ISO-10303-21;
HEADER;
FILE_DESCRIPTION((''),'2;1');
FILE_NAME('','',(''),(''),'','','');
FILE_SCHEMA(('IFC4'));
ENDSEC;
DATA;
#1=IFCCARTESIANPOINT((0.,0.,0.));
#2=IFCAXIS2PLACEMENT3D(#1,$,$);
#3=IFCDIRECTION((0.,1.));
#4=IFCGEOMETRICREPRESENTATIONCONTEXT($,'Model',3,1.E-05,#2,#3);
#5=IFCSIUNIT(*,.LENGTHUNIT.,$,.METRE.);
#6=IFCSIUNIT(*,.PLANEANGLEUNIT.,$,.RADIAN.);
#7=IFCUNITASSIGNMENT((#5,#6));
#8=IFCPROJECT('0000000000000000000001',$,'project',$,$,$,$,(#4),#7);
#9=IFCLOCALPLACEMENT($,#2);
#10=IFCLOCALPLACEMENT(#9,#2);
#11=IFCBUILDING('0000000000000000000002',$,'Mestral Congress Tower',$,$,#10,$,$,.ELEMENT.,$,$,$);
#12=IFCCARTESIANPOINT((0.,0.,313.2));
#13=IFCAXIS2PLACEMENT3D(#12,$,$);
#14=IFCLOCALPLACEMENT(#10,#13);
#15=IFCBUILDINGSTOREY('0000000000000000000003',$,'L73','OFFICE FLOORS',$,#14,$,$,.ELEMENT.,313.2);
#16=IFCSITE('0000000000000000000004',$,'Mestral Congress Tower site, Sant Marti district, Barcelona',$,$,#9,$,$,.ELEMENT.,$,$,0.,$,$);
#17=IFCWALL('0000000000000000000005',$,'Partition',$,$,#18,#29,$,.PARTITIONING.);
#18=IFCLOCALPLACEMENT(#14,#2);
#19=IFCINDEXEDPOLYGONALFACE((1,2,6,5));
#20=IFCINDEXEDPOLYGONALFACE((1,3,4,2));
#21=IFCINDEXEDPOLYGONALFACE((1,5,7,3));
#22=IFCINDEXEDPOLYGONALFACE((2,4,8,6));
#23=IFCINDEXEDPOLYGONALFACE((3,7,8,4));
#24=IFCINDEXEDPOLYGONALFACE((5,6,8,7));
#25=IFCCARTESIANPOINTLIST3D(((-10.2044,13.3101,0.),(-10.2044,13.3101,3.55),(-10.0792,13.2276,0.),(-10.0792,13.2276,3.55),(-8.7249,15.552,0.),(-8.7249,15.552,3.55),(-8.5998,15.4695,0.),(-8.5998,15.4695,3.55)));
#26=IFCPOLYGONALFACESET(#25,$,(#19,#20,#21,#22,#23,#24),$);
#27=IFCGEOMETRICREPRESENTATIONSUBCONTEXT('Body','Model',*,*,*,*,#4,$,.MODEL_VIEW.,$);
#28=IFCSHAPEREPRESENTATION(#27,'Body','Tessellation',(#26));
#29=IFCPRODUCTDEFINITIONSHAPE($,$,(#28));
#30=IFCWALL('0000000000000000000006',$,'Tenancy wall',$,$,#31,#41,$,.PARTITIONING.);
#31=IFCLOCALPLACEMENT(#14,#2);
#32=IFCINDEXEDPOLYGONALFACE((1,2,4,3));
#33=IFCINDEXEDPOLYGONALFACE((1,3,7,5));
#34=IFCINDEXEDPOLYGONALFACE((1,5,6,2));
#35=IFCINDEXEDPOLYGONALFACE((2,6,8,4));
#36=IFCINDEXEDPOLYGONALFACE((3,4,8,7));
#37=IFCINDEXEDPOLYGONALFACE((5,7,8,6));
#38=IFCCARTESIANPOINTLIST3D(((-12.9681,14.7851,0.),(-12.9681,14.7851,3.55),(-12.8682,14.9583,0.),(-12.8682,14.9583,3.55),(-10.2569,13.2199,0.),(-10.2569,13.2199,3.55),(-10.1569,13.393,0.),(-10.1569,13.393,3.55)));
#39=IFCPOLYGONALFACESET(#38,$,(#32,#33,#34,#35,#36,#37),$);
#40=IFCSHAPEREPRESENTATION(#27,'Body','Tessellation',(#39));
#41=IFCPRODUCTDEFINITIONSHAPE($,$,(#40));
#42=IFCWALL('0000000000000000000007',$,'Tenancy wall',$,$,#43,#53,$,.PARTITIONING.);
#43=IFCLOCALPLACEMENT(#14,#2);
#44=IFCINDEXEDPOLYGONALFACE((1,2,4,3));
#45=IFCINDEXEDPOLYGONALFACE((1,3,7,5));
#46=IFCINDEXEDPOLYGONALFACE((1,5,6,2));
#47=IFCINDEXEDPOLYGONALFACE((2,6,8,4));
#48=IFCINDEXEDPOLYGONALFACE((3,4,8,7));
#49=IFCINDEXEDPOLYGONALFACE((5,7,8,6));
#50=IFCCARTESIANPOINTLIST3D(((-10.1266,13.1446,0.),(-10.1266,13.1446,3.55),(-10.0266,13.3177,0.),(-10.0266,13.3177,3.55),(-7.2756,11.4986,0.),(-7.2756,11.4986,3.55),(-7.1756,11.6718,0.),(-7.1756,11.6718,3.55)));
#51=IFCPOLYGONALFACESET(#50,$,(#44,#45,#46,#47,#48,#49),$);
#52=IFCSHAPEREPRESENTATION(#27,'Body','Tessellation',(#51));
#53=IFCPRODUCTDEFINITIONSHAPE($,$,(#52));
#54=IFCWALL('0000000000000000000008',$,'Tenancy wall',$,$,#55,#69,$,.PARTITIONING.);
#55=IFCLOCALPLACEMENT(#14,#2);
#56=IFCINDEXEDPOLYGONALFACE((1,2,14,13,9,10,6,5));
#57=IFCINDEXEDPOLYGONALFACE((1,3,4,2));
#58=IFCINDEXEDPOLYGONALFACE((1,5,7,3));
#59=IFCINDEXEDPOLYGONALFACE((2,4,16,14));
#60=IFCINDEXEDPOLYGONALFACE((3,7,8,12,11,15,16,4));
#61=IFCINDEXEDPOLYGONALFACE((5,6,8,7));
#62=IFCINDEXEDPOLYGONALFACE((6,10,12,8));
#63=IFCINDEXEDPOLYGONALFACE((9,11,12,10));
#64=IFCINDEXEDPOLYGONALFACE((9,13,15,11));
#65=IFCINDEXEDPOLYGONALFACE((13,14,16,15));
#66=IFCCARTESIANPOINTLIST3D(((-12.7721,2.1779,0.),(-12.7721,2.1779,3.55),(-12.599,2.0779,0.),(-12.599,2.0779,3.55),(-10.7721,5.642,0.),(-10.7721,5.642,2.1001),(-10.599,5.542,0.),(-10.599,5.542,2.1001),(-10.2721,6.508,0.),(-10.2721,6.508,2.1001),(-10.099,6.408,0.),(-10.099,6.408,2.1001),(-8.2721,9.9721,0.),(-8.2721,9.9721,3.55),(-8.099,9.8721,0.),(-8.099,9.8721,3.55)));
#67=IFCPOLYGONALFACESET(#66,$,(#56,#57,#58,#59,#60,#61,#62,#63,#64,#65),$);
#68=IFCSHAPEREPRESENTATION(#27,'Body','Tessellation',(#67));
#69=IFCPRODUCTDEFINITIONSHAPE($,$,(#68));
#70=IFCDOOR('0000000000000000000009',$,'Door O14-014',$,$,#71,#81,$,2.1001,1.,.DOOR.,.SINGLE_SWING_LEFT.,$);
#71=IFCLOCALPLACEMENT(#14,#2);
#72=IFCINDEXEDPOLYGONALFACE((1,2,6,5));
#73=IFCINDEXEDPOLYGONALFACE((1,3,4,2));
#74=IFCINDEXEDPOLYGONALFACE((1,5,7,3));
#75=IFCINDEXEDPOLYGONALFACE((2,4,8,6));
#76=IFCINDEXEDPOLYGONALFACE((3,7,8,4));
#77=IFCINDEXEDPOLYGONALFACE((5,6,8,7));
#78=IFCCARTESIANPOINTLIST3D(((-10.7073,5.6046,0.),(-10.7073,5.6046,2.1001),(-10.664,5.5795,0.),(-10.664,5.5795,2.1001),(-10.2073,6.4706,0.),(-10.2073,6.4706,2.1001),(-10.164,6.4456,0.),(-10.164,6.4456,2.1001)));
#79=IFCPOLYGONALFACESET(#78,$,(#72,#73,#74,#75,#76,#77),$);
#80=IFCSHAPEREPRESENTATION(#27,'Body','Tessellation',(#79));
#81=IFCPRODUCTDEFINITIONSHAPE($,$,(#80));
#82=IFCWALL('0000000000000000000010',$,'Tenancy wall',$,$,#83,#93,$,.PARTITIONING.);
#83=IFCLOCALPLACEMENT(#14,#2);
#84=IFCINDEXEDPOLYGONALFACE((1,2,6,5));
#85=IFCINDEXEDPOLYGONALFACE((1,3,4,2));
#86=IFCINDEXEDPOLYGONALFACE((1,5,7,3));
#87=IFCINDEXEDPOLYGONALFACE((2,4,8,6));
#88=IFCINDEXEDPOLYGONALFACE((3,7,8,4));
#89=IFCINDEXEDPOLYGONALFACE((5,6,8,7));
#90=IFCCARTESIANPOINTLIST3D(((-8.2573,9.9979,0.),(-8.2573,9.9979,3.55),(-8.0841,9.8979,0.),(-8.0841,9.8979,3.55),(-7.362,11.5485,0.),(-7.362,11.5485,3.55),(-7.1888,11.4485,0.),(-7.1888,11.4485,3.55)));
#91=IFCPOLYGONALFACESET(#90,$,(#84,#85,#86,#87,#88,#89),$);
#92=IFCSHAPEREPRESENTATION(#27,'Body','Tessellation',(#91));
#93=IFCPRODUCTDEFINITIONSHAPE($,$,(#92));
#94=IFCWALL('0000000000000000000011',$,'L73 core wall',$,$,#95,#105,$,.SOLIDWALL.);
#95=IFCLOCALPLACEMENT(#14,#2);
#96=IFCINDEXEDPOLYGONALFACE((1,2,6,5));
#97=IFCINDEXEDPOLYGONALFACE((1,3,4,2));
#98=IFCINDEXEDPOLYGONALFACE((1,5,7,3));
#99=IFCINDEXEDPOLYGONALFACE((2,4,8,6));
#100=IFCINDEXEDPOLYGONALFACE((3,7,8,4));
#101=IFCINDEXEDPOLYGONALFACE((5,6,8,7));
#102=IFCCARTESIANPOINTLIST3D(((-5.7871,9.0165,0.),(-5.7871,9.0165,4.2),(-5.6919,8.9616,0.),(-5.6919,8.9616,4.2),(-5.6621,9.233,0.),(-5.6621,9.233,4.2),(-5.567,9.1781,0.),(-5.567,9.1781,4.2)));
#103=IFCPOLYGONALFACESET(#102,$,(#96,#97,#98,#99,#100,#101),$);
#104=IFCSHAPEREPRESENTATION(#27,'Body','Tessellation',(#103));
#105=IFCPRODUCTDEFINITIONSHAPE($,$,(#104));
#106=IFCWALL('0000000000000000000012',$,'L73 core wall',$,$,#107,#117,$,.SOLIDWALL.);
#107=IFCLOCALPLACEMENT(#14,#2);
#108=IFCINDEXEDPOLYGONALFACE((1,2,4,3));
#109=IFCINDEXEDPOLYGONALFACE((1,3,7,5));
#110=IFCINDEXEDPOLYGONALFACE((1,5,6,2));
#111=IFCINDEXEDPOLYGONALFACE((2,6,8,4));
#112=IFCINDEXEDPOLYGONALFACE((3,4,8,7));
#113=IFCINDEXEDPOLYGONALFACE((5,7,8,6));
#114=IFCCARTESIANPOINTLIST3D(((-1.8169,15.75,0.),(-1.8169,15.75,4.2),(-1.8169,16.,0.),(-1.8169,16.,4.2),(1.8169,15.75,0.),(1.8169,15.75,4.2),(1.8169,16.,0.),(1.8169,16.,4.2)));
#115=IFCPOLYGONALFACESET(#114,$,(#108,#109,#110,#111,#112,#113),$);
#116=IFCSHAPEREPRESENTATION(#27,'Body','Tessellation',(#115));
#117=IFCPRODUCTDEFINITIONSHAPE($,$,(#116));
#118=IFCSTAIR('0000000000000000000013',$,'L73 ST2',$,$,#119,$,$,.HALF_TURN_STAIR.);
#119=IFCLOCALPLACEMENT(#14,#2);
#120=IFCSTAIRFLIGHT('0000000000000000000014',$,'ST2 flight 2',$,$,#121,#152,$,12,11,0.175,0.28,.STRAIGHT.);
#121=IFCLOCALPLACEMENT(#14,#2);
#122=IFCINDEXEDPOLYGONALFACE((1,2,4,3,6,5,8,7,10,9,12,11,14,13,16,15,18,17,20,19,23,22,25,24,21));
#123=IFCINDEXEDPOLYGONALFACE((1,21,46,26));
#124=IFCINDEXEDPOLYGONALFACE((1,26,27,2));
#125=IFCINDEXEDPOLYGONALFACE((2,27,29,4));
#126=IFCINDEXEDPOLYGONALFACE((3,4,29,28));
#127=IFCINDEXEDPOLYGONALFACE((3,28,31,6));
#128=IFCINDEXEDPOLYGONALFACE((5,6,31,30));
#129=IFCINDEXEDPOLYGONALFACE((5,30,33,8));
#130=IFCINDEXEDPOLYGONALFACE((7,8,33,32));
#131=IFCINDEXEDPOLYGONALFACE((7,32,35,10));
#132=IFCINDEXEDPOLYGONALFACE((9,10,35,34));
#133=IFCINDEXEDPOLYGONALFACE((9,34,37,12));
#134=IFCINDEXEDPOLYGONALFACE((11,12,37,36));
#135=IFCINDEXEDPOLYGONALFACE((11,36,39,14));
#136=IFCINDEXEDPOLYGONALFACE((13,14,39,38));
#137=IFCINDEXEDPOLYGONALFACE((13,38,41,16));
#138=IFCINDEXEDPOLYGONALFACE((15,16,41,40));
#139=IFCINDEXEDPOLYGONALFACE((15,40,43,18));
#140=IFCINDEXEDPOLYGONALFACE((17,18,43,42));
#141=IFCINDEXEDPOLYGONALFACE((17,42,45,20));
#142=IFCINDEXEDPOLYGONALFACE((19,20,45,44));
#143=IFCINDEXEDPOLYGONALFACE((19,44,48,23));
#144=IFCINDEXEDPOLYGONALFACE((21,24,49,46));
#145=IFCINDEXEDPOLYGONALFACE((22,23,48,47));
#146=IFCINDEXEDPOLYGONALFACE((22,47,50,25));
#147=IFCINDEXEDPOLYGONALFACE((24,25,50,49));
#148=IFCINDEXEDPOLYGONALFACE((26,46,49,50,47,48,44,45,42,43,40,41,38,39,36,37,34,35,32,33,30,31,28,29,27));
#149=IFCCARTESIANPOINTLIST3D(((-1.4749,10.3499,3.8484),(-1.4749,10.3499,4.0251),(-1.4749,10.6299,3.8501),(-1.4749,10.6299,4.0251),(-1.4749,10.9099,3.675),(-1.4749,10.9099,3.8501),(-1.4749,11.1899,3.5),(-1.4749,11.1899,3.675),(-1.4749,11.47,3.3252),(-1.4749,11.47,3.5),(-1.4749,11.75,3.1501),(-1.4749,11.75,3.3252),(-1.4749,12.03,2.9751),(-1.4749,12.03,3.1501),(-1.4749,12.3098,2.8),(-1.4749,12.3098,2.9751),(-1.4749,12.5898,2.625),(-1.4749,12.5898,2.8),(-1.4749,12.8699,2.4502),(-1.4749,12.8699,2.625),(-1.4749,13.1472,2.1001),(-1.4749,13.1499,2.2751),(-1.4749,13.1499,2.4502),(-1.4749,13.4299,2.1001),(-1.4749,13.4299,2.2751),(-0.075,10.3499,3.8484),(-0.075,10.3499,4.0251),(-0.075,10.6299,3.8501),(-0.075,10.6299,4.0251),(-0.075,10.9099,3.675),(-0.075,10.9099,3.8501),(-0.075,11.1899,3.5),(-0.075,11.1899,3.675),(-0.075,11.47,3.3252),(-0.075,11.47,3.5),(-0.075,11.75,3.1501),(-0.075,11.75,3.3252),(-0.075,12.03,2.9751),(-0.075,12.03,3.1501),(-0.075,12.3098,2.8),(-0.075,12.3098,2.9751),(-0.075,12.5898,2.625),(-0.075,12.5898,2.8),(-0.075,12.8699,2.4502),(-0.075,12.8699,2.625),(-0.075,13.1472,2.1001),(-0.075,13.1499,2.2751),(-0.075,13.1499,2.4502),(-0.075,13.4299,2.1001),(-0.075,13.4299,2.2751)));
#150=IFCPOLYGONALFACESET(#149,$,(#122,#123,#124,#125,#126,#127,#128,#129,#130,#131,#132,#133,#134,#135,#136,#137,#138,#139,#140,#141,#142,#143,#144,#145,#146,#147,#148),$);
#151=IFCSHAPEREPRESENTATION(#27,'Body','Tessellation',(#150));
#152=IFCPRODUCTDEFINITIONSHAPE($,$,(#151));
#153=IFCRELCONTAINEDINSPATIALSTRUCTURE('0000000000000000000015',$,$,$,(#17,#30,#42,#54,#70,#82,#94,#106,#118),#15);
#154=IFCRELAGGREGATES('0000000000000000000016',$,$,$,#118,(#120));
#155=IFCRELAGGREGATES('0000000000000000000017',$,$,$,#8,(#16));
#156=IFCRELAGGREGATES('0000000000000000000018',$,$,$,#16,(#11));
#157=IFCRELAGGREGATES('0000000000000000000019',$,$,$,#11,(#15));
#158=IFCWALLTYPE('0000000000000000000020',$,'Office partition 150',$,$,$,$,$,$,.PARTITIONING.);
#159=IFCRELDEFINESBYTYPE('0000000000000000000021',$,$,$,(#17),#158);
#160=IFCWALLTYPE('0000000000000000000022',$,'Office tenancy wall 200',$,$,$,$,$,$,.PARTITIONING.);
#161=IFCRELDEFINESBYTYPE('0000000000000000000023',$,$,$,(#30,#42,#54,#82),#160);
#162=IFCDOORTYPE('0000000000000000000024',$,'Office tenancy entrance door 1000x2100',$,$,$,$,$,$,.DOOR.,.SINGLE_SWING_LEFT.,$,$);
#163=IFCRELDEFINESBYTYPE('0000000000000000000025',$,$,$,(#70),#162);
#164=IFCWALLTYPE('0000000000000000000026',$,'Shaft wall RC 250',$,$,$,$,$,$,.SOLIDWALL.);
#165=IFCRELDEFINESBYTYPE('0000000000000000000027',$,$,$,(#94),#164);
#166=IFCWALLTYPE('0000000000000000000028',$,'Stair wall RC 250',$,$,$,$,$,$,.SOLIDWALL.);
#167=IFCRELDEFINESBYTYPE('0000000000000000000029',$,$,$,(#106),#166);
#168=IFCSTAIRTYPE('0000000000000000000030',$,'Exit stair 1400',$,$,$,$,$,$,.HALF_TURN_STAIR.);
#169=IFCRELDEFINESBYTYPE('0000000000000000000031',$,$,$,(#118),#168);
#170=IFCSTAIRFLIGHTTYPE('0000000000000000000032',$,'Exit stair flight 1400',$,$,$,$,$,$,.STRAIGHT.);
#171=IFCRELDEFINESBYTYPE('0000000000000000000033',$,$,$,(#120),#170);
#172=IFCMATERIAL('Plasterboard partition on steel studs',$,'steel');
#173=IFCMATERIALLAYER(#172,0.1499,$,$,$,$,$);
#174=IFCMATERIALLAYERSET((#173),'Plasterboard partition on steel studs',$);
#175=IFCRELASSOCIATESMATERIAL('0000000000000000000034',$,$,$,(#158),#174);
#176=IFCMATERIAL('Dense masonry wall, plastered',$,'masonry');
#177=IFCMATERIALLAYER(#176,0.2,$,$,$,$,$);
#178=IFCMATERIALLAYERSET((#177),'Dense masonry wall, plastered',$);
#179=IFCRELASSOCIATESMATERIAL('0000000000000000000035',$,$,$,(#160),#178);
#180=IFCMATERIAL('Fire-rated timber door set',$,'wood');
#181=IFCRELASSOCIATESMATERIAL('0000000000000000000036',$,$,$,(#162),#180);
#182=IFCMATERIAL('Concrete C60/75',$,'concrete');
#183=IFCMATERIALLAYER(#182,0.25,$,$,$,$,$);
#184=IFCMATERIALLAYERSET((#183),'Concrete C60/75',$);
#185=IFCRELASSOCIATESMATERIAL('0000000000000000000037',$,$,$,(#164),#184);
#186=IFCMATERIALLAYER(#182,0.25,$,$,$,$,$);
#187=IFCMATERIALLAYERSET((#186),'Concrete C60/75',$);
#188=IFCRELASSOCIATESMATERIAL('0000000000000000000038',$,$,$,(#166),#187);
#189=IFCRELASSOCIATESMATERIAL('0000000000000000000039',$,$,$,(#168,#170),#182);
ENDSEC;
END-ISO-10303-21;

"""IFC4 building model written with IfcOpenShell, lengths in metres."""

from ifc_helpers import new_model, si_unit, direction, frame, frame_2d, origin, place, context, subcontext, project, spatial, polyline, rectangle, outline, extrude, material, layer, layer_set, type_object, element, fill, aggregate, save


model = new_model("IFC4")

# Units and contexts
model_context = context("Model", 3, precision=1e-05, world=origin(), true_north=direction((0.0, 1.0)))
body_context = subcontext(model_context, "Body", "Model", "MODEL_VIEW")
ifc_project = project(units=[si_unit("LENGTHUNIT", "METRE"), si_unit("PLANEANGLEUNIT", "RADIAN")], contexts=[model_context])

# Site, building, storey
site_placement = place(None, origin())
site = spatial("IfcSite", under=ifc_project, at=site_placement, Name="Mestral Congress Tower site, Sant Marti district, Barcelona", CompositionType="ELEMENT", RefElevation=0.0)
building_placement = place(site_placement, origin())
building = spatial("IfcBuilding", under=site, at=building_placement, Name="Mestral Congress Tower", CompositionType="ELEMENT")
storey_placement = place(building_placement, frame((0.0, 0.0, 313.2)))
storey = spatial("IfcBuildingStorey", under=building, at=storey_placement, Name="L73", Description="OFFICE FLOORS", CompositionType="ELEMENT", Elevation=313.2)

# Shared definitions
ifc_material_1 = material(Name="Concrete C60/75", Category="concrete")

# Shared definitions
ifc_material_2 = material(Name="Plasterboard partition on steel studs", Category="steel")
ifc_layer_1 = layer(ifc_material_2, 0.1499)
ifc_layer_set_1 = layer_set([ifc_layer_1], Name="Plasterboard partition on steel studs")
wall_type_1 = type_object("IfcWallType", Name="Office partition 150", PredefinedType="PARTITIONING", material=ifc_layer_set_1)

# Walls
wall_1_placement = place(storey_placement, frame((-8.6624, 15.5107, 0.0), z_axis=(0.0, 0.0, 1.0), x_axis=(-0.550793, -0.834642, 0.0)))
element("IfcWall", 1, at=wall_1_placement, inside=storey, type_object=wall_type_1, Name="Partition", PredefinedType="PARTITIONING", context=body_context, shape_type="SweptSolid", body=[
    extrude(rectangle(XDim=2.686, YDim=0.1499, at=frame_2d((1.343, 0.0))), origin(), (0.0, 0.0, 1.0), 3.55),
])
ifc_material_3 = material(Name="Dense masonry wall, plastered", Category="masonry")
ifc_layer_2 = layer(ifc_material_3, 0.2)
ifc_layer_set_2 = layer_set([ifc_layer_2], Name="Dense masonry wall, plastered")
wall_type_2 = type_object("IfcWallType", Name="Office tenancy wall 200", PredefinedType="PARTITIONING", material=ifc_layer_set_2)
wall_2_placement = place(storey_placement, frame((-10.2068, 13.3064, 0.0), z_axis=(0.0, 0.0, 1.0), x_axis=(-0.866041, 0.499972, 0.0)))
element("IfcWall", 2, at=wall_2_placement, inside=storey, type_object=wall_type_2, Name="Tenancy wall", PredefinedType="PARTITIONING", context=body_context, shape_type="SweptSolid", body=[
    extrude(rectangle(XDim=3.1306, YDim=0.2, at=frame_2d((1.5654, 0.0))), origin(), (0.0, 0.0, 1.0), 3.55),
])
wall_3_placement = place(storey_placement, frame((-7.2256, 11.5852, 0.0), z_axis=(0.0, 0.0, 1.0), x_axis=(-0.866035, 0.499984, 0.0)))
element("IfcWall", 3, at=wall_3_placement, inside=storey, type_object=wall_type_2, Name="Tenancy wall", PredefinedType="PARTITIONING", context=body_context, shape_type="SweptSolid", body=[
    extrude(rectangle(XDim=3.292, YDim=0.2, at=frame_2d((1.646, 0.0))), origin(), (0.0, 0.0, 1.0), 3.55),
])

# Wall, opening, door
wall_4_placement = place(storey_placement, frame((-8.1855, 9.9221, 0.0), z_axis=(0.0, 0.0, 1.0), x_axis=(-0.500002, -0.866024, 0.0)))
wall_4 = element("IfcWall", 4, at=wall_4_placement, inside=storey, type_object=wall_type_2, Name="Tenancy wall", PredefinedType="PARTITIONING", context=body_context, shape_type="SweptSolid", body=[
    extrude(rectangle(XDim=9.0, YDim=0.2, at=frame_2d((4.5, 0.0))), origin(), (0.0, 0.0, 1.0), 3.55),
])
opening_1_placement = place(wall_4_placement, frame((4.0, 0.0, 0.0)))
opening_1 = element("IfcOpeningElement", 5, at=opening_1_placement, cuts=wall_4, PredefinedType="OPENING", context=body_context, shape_type="SweptSolid", body=[
    extrude(rectangle(XDim=1.0, YDim=2.1001, at=frame_2d((0.5, 1.05))), frame((0.0, 0.1099, 0.0), z_axis=(0.0, -1.0, 0.0), x_axis=(1.0, 0.0, 0.0)), (0.0, 0.0, 1.0), 0.22),
])
ifc_material_4 = material(Name="Fire-rated timber door set", Category="wood")
door_type_1 = type_object("IfcDoorType", Name="Office tenancy entrance door 1000x2100", OperationType="SINGLE_SWING_LEFT", PredefinedType="DOOR", material=ifc_material_4)
door_1_placement = place(opening_1_placement, origin())
door_1 = element("IfcDoor", 6, at=door_1_placement, inside=storey, type_object=door_type_1, Name="Door O14-014", OperationType="SINGLE_SWING_LEFT", OverallHeight=2.1001, OverallWidth=1.0, PredefinedType="DOOR", context=body_context, shape_type="SweptSolid", body=[
    extrude(rectangle(XDim=1.0, YDim=2.1001, at=frame_2d((0.5, 1.05))), frame((0.0, 0.0249, 0.0), z_axis=(0.0, -1.0, 0.0), x_axis=(1.0, 0.0, 0.0)), (0.0, 0.0, 1.0), 0.05),
])
fill(opening_1, door_1)

# Walls
wall_5_placement = place(storey_placement, frame((-7.2754, 11.4985, 0.0), z_axis=(0.0, 0.0, 1.0), x_axis=(-0.500025, -0.866011, 0.0)))
element("IfcWall", 7, at=wall_5_placement, inside=storey, type_object=wall_type_2, Name="Tenancy wall", PredefinedType="PARTITIONING", context=body_context, shape_type="SweptSolid", body=[
    extrude(rectangle(XDim=1.7905, YDim=0.2, at=frame_2d((0.8953, 0.0))), origin(), (0.0, 0.0, 1.0), 3.55),
])
ifc_layer_3 = layer(ifc_material_1, 0.25)
ifc_layer_set_3 = layer_set([ifc_layer_3], Name="Concrete C60/75")
wall_type_3 = type_object("IfcWallType", Name="Shaft wall RC 250", PredefinedType="SOLIDWALL", material=ifc_layer_set_3)
wall_6_placement = place(storey_placement, frame((-5.7246, 9.1248, 0.0), z_axis=(0.0, 0.0, 1.0), x_axis=(0.866186, -0.499722, 0.0)))
element("IfcWall", 8, at=wall_6_placement, inside=storey, type_object=wall_type_3, Name="L73 core wall", PredefinedType="SOLIDWALL", context=body_context, shape_type="SweptSolid", body=[
    extrude(rectangle(XDim=0.1099, YDim=0.25, at=frame_2d((0.0549, 0.0))), origin(), (0.0, 0.0, 1.0), 4.2),
])
ifc_layer_4 = layer(ifc_material_1, 0.25)
ifc_layer_set_4 = layer_set([ifc_layer_4], Name="Concrete C60/75")
wall_type_4 = type_object("IfcWallType", Name="Stair wall RC 250", PredefinedType="SOLIDWALL", material=ifc_layer_set_4)
wall_7_placement = place(storey_placement, frame((-1.8169, 15.875, 0.0), z_axis=(0.0, 0.0, 1.0), x_axis=(1.0, 0.0, 0.0)))
element("IfcWall", 9, at=wall_7_placement, inside=storey, type_object=wall_type_4, Name="L73 core wall", PredefinedType="SOLIDWALL", context=body_context, shape_type="SweptSolid", body=[
    extrude(rectangle(XDim=3.6338, YDim=0.25, at=frame_2d((1.8169, 0.0))), origin(), (0.0, 0.0, 1.0), 4.2),
])

# Stair, stair flight
stair_type = type_object("IfcStairType", Name="Exit stair 1400", PredefinedType="HALF_TURN_STAIR", material=ifc_material_1)
stair_placement = place(storey_placement, origin())
stair = element("IfcStair", 10, at=stair_placement, inside=storey, type_object=stair_type, Name="L73 ST2", PredefinedType="HALF_TURN_STAIR")
stair_flight_type = type_object("IfcStairFlightType", Name="Exit stair flight 1400", PredefinedType="STRAIGHT", material=ifc_material_1)
stair_flight_placement = place(storey_placement, frame((-0.7749, 13.4299, 2.1001), z_axis=(0.0, 0.0, 1.0), x_axis=(0.0, -1.0, 0.0)))
stair_flight = element("IfcStairFlight", 11, at=stair_flight_placement, type_object=stair_flight_type, Name="ST2 flight 2", NumberOfRisers=12, NumberOfTreads=11, PredefinedType="STRAIGHT", RiserHeight=0.175, TreadLength=0.28, context=body_context, shape_type="SweptSolid", body=[
    extrude(outline(polyline([(0.0, 0.0), (0.0, 0.175), (0.28, 0.175), (0.28, 0.3501), (0.5601, 0.3501), (0.5601, 0.5249), (0.8401, 0.5249), (0.8401, 0.7), (1.1201, 0.7), (1.1201, 0.875), (1.3999, 0.875), (1.3999, 1.05), (1.6799, 1.05), (1.6799, 1.2251), (1.96, 1.2251), (1.96, 1.3999), (2.24, 1.3999), (2.24, 1.575), (2.52, 1.575), (2.52, 1.75), (2.8, 1.75), (2.8, 1.925), (3.0801, 1.925), (3.0801, 2.1001), (3.0801, 1.7483), (0.2827, 0.0), (0.0, 0.0)])), frame((0.0, 0.7, 0.0), z_axis=(0.0, -1.0, 0.0), x_axis=(1.0, 0.0, 0.0)), (0.0, 0.0, 1.0), 1.3999),
])
aggregate(stair, [stair_flight])

save(model, "model.ifc")
